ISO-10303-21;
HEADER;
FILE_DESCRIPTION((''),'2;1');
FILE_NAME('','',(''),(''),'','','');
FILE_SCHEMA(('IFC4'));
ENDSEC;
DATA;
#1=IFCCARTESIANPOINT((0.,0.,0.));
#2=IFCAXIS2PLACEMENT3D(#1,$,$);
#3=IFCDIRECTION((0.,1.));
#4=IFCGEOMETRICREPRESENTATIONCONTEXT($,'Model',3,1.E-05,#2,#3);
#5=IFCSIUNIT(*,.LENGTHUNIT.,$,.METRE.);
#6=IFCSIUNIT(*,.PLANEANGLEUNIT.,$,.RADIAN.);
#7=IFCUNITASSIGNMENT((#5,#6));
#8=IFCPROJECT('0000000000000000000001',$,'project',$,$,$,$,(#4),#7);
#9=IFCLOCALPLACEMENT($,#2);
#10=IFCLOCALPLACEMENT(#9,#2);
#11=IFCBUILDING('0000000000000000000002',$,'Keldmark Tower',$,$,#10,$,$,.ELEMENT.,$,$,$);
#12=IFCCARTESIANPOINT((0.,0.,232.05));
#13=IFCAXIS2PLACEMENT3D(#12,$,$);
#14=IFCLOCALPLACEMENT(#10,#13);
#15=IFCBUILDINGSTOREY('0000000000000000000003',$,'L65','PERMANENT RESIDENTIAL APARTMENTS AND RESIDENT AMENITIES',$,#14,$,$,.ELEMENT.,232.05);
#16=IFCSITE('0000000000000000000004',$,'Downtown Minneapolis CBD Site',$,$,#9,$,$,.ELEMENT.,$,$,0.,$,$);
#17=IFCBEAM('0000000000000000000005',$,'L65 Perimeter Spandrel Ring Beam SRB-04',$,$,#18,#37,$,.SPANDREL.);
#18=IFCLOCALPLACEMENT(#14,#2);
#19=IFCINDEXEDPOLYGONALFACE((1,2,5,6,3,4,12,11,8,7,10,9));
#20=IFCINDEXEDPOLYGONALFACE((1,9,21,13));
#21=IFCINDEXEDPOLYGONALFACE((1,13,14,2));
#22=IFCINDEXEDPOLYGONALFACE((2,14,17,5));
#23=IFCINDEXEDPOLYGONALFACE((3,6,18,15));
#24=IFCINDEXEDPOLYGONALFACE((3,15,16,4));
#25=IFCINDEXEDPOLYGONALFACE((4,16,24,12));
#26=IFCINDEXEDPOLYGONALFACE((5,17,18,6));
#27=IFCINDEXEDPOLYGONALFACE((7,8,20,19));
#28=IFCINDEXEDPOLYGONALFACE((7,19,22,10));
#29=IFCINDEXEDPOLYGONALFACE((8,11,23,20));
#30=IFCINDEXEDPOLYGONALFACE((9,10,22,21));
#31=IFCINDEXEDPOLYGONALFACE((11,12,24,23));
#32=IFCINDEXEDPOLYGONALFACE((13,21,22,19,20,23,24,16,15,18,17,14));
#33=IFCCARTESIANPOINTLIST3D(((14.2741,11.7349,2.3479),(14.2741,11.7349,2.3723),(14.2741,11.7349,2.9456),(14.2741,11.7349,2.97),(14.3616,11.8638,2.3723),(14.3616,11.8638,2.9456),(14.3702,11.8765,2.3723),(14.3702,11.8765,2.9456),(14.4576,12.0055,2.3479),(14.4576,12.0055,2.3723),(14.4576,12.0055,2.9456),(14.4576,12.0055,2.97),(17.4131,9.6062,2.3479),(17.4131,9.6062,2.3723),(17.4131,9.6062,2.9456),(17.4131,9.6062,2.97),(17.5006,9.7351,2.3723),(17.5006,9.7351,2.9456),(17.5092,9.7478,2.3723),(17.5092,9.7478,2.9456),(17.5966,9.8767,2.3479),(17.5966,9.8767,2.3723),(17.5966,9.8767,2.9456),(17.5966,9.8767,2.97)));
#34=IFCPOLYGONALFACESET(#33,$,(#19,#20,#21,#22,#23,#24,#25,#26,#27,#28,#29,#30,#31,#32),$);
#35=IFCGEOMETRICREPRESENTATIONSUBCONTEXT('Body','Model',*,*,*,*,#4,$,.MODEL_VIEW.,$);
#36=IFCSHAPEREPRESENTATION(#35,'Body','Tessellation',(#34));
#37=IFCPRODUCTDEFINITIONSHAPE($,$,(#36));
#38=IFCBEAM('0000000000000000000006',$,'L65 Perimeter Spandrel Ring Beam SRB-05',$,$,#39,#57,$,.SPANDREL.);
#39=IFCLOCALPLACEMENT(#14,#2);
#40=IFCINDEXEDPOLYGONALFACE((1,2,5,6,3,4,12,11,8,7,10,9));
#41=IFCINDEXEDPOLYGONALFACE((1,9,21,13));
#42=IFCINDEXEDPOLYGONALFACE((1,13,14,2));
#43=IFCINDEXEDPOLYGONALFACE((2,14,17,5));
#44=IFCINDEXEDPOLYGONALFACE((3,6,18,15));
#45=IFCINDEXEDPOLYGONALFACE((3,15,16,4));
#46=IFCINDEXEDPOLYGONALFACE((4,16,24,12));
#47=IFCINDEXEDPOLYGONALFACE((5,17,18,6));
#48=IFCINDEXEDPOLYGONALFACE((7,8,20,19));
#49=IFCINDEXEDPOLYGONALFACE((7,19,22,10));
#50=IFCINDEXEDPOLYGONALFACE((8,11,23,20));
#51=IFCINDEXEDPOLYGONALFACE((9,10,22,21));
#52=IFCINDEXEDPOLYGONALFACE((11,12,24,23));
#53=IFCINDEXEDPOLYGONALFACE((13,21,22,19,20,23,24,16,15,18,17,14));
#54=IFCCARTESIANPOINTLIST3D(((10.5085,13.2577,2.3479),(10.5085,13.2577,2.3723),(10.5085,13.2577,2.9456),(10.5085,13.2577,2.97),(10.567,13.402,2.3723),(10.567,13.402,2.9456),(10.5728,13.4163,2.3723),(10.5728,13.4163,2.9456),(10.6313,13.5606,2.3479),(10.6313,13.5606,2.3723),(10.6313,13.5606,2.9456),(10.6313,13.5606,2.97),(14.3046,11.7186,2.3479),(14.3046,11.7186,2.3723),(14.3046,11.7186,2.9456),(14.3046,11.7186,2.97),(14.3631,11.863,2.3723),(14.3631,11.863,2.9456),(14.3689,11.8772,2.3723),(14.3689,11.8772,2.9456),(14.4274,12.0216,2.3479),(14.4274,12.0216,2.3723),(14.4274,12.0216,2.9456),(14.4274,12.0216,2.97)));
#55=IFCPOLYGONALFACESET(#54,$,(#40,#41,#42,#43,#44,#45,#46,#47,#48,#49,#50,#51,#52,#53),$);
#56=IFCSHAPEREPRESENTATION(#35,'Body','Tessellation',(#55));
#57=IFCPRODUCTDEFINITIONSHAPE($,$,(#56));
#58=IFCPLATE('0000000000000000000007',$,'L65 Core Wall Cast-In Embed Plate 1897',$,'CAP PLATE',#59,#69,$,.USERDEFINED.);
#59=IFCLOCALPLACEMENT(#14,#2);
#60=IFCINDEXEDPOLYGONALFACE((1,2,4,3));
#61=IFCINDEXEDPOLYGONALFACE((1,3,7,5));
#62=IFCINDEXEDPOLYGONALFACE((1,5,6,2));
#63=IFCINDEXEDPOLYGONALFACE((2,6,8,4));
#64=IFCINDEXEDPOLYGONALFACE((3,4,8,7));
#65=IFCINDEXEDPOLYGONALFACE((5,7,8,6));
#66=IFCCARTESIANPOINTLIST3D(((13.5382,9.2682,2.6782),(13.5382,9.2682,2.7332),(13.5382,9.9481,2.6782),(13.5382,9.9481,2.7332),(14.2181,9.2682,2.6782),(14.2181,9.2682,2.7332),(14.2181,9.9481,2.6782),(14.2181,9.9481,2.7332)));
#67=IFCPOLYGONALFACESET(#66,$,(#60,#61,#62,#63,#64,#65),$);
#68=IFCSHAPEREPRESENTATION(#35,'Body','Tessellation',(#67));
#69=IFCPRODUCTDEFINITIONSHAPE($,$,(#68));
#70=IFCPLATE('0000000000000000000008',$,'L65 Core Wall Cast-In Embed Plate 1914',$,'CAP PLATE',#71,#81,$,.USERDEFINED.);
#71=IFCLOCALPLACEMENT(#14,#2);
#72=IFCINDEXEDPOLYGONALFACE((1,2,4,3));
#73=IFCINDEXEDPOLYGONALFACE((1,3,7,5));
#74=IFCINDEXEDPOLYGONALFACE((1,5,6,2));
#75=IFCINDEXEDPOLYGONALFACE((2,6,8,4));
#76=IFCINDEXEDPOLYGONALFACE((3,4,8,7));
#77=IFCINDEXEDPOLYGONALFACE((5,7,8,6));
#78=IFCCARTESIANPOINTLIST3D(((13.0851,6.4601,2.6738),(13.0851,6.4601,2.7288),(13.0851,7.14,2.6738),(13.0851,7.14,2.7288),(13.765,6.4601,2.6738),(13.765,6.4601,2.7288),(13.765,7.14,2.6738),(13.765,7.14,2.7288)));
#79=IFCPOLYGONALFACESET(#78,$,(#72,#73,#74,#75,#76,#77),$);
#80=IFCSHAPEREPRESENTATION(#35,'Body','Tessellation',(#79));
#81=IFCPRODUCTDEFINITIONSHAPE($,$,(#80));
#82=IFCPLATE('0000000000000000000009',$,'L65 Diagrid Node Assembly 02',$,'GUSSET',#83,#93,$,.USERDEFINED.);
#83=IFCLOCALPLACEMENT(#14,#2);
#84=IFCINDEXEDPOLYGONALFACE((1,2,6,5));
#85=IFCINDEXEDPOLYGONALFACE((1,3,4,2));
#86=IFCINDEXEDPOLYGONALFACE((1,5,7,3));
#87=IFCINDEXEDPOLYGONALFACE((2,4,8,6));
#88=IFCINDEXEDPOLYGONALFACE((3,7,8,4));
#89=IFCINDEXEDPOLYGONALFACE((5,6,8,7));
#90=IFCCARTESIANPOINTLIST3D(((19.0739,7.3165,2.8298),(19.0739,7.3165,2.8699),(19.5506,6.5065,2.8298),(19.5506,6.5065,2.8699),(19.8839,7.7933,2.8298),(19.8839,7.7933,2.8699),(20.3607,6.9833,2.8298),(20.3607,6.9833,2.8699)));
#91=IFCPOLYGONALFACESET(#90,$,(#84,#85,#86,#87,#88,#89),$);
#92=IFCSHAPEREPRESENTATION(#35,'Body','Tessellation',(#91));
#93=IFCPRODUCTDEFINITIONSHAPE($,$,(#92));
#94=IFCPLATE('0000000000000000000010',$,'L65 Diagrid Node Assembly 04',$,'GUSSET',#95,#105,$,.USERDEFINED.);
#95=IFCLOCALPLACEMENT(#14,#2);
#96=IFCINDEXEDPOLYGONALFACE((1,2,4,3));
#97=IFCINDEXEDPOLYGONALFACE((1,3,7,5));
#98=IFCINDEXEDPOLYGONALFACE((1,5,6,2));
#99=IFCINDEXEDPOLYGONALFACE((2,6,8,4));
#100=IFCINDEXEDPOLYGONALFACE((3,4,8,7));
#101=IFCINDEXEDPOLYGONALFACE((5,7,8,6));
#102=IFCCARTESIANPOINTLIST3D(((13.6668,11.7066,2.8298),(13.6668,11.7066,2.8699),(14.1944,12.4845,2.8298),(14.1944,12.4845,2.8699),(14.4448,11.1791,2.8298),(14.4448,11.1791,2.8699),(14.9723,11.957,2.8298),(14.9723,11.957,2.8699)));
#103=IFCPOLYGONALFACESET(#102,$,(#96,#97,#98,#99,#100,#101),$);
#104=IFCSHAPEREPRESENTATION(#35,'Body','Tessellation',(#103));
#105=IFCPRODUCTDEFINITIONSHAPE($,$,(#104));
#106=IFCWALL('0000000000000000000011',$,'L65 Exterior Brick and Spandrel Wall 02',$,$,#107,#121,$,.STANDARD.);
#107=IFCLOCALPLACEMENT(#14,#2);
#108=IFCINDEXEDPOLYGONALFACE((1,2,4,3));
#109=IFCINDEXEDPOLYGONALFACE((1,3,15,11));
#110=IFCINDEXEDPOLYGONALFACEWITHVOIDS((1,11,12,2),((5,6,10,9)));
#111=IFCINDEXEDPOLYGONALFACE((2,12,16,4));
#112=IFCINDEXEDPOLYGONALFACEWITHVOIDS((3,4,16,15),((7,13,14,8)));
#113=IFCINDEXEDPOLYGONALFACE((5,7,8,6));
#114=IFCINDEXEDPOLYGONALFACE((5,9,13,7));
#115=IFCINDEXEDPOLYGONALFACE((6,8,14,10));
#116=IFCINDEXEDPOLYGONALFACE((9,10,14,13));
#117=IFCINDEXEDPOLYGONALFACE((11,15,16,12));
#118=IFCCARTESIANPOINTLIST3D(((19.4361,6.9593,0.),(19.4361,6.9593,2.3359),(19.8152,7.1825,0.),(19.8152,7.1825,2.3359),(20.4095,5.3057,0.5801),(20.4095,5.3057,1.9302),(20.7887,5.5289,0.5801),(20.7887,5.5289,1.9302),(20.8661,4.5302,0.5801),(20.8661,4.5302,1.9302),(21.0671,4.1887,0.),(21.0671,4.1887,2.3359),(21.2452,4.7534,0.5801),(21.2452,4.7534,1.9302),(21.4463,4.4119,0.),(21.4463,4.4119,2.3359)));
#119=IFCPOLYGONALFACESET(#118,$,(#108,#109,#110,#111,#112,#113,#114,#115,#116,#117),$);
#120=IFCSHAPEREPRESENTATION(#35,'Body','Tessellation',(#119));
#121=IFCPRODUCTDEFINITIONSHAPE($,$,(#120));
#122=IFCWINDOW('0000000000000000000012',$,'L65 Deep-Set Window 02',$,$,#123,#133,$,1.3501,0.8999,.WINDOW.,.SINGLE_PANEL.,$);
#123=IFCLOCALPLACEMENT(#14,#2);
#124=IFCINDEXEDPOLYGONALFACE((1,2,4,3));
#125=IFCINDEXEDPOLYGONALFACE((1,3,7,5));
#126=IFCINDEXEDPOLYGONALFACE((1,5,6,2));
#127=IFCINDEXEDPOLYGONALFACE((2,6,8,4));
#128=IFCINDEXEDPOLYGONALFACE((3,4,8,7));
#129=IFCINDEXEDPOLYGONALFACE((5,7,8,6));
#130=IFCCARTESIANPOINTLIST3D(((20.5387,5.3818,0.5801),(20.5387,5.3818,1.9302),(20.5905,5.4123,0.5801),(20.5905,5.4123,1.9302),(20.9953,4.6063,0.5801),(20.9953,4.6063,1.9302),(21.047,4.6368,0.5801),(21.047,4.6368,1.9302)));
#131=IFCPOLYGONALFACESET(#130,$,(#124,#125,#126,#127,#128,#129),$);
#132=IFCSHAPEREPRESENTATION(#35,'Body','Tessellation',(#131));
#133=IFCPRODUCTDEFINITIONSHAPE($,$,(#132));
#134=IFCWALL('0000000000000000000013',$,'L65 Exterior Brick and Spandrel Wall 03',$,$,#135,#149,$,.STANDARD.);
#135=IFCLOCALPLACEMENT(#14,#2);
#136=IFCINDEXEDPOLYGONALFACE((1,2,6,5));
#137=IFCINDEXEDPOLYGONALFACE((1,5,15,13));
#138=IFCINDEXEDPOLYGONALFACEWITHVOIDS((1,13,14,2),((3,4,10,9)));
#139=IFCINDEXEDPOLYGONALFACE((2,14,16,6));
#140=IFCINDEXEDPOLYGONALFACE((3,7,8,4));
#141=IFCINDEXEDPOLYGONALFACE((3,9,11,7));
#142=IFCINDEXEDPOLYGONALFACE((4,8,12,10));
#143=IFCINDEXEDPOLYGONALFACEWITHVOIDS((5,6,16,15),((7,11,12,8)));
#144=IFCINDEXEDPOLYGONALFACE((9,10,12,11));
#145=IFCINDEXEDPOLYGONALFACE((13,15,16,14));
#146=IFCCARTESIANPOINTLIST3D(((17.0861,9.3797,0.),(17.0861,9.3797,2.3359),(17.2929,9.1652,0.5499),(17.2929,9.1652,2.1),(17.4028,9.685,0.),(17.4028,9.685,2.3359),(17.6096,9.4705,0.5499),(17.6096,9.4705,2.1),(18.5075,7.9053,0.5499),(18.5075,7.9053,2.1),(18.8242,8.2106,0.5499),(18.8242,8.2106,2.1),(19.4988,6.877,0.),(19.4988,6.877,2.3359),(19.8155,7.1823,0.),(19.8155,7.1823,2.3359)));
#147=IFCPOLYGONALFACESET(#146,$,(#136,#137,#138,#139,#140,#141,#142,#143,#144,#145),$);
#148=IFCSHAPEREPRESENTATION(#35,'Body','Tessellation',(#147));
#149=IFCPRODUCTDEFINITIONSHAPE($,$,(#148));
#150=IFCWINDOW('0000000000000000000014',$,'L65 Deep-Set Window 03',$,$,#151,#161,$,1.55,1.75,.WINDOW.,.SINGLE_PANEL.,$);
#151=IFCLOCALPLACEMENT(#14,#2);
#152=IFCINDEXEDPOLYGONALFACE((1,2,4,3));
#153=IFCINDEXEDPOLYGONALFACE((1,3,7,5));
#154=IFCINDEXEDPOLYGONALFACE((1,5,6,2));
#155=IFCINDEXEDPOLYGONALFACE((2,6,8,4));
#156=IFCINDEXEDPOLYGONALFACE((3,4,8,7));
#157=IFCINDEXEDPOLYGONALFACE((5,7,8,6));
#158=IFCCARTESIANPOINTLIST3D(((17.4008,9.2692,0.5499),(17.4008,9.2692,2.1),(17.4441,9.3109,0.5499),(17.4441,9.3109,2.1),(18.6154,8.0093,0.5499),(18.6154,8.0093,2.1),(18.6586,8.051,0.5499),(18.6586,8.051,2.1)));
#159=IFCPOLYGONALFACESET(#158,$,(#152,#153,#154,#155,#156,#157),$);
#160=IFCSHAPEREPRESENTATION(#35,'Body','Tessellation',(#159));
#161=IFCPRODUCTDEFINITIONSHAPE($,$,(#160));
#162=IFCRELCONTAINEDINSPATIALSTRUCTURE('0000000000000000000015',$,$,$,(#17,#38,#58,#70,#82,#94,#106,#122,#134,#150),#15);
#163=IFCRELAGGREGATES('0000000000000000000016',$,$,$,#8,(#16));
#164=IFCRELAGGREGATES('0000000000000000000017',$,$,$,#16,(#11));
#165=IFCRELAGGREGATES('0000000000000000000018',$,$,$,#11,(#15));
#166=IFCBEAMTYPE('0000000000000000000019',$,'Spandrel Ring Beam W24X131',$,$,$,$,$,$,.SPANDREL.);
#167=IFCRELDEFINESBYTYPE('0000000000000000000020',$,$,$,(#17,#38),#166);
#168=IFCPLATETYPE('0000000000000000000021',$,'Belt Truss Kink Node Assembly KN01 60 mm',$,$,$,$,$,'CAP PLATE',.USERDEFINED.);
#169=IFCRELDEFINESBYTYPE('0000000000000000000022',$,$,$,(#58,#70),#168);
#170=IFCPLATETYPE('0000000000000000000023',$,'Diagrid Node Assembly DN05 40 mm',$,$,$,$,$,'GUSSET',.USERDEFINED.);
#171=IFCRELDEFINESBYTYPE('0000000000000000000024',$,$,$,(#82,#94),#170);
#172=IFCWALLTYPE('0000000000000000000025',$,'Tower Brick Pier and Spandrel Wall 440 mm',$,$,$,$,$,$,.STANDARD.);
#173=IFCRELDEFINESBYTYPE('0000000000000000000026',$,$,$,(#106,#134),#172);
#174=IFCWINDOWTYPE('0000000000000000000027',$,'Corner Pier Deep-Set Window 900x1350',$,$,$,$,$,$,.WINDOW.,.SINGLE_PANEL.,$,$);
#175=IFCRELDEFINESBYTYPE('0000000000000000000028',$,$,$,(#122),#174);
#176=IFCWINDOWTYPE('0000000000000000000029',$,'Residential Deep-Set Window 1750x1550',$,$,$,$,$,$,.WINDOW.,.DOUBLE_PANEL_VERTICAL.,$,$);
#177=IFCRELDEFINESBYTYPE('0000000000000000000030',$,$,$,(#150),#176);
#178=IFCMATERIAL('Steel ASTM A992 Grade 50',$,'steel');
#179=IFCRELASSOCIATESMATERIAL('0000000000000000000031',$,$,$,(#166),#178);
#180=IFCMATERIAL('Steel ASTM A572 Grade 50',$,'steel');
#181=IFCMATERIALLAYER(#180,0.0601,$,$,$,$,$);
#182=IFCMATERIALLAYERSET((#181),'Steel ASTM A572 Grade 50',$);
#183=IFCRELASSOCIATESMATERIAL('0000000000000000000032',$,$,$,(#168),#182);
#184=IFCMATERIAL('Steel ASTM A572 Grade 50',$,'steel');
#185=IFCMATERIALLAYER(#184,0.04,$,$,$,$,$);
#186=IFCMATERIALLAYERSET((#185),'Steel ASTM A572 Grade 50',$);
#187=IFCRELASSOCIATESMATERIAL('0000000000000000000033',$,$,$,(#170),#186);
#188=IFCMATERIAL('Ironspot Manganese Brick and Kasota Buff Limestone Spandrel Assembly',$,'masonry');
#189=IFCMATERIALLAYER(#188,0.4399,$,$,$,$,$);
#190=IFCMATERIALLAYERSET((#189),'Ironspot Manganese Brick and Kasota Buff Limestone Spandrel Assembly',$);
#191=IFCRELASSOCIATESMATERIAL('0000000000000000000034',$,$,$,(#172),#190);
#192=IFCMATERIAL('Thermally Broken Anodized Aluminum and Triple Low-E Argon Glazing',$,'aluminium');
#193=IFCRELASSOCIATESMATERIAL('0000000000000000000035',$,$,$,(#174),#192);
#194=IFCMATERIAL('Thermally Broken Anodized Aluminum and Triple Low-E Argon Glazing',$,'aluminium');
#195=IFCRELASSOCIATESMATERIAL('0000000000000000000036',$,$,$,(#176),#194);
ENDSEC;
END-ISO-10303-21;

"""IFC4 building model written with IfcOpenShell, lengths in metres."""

from ifc_helpers import new_model, si_unit, direction, frame, frame_2d, origin, origin_2d, place, context, subcontext, project, spatial, rectangle, i_section, extrude, material, layer, layer_set, material_profile, profile_set, type_object, element, fill, save


model = new_model("IFC4")

# Units and contexts
model_context = context("Model", 3, precision=1e-05, world=origin(), true_north=direction((0.0, 1.0)))
body_context = subcontext(model_context, "Body", "Model", "MODEL_VIEW")
ifc_project = project(units=[si_unit("LENGTHUNIT", "METRE"), si_unit("PLANEANGLEUNIT", "RADIAN")], contexts=[model_context])

# Site, building, storey
site_placement = place(None, origin())
site = spatial("IfcSite", under=ifc_project, at=site_placement, Name="Downtown Minneapolis CBD Site", CompositionType="ELEMENT", RefElevation=0.0)
building_placement = place(site_placement, origin())
building = spatial("IfcBuilding", under=site, at=building_placement, Name="Keldmark Tower", CompositionType="ELEMENT")
storey_placement = place(building_placement, frame((0.0, 0.0, 232.05)))
storey = spatial("IfcBuildingStorey", under=building, at=storey_placement, Name="L65", Description="PERMANENT RESIDENTIAL APARTMENTS AND RESIDENT AMENITIES", CompositionType="ELEMENT", Elevation=232.05)

# Beams
ifc_material_1 = material(Name="Steel ASTM A992 Grade 50", Category="steel")
ifc_material_profile_1 = material_profile(ifc_material_1, i_section(OverallWidth=0.3269, OverallDepth=0.6221, WebThickness=0.0154, FlangeThickness=0.0244, at=origin_2d()), Name="W24X131")
ifc_profile_set_1 = profile_set([ifc_material_profile_1], Name="Steel ASTM A992 Grade 50")
beam_type_1 = type_object("IfcBeamType", Name="Spandrel Ring Beam W24X131", PredefinedType="SPANDREL", material=ifc_profile_set_1)
beam_1_placement = place(storey_placement, frame((17.5049, 9.7415, 2.6589), z_axis=(-0.827637, 0.561264, 0.0), x_axis=(-0.561264, -0.827637, 0.0)))
element("IfcBeam", 1, at=beam_1_placement, inside=storey, type_object=beam_type_1, Name="L65 Perimeter Spandrel Ring Beam SRB-04", PredefinedType="SPANDREL", context=body_context, shape_type="SweptSolid", body=[
    extrude(i_section(OverallWidth=0.3269, OverallDepth=0.6221, WebThickness=0.0154, FlangeThickness=0.0244, at=origin_2d()), origin(), (0.0, 0.0, 1.0), 3.7927),
])
beam_2_placement = place(storey_placement, frame((14.366, 11.8701, 2.6589), z_axis=(-0.926732, 0.375723, 0.0), x_axis=(-0.375723, -0.926732, 0.0)))
element("IfcBeam", 2, at=beam_2_placement, inside=storey, type_object=beam_type_1, Name="L65 Perimeter Spandrel Ring Beam SRB-05", PredefinedType="SPANDREL", context=body_context, shape_type="SweptSolid", body=[
    extrude(i_section(OverallWidth=0.3269, OverallDepth=0.6221, WebThickness=0.0154, FlangeThickness=0.0244, at=origin_2d()), origin(), (0.0, 0.0, 1.0), 4.0962),
])

# Plates
ifc_material_2 = material(Name="Steel ASTM A572 Grade 50", Category="steel")
ifc_layer_1 = layer(ifc_material_2, 0.0601)
ifc_layer_set_1 = layer_set([ifc_layer_1], Name="Steel ASTM A572 Grade 50")
plate_type_1 = type_object("IfcPlateType", Name="Belt Truss Kink Node Assembly KN01 60 mm", ElementType="CAP PLATE", PredefinedType="USERDEFINED", material=ifc_layer_set_1)
for number, where, z_axis, x_axis, name in (
    (3, (13.8782, 9.6082, 2.6782), (0.0, 0.0, 1.0), (1.0, 0.0, 0.0), "L65 Core Wall Cast-In Embed Plate 1897"),
    (4, (13.425, 6.8, 2.6738), (0.0, 0.0, 1.0), (1.0, 0.0, 0.0), "L65 Core Wall Cast-In Embed Plate 1914"),
):
    element("IfcPlate", number, at=place(storey_placement, frame(where, z_axis=z_axis, x_axis=x_axis)), inside=storey, type_object=plate_type_1, Name=name, ObjectType="CAP PLATE", PredefinedType="USERDEFINED", context=body_context, shape_type="SweptSolid", body=[
        extrude(rectangle(XDim=0.6799, YDim=0.6799, at=origin_2d()), origin(), (0.0, 0.0, 1.0), 0.0549),
    ])
ifc_material_3 = material(Name="Steel ASTM A572 Grade 50", Category="steel")
ifc_layer_2 = layer(ifc_material_3, 0.04)
ifc_layer_set_2 = layer_set([ifc_layer_2], Name="Steel ASTM A572 Grade 50")
plate_type_2 = type_object("IfcPlateType", Name="Diagrid Node Assembly DN05 40 mm", ElementType="GUSSET", PredefinedType="USERDEFINED", material=ifc_layer_set_2)
for number, where, z_axis, x_axis, name in (
    (5, (19.7173, 7.1499, 2.8298), (0.0, 0.0, 1.0), (-0.507238, 0.861806, 0.0), "L65 Diagrid Node Assembly 02"),
    (6, (14.3196, 11.8318, 2.8298), (0.0, 0.0, 1.0), (-0.827669, 0.561217, 0.0), "L65 Diagrid Node Assembly 04"),
):
    element("IfcPlate", number, at=place(storey_placement, frame(where, z_axis=z_axis, x_axis=x_axis)), inside=storey, type_object=plate_type_2, Name=name, ObjectType="GUSSET", PredefinedType="USERDEFINED", context=body_context, shape_type="SweptSolid", body=[
        extrude(rectangle(XDim=0.9399, YDim=0.9399, at=origin_2d()), origin(), (0.0, 0.0, 1.0), 0.04),
    ])

# Walls, openings, windows
ifc_material_4 = material(Name="Ironspot Manganese Brick and Kasota Buff Limestone Spandrel Assembly", Category="masonry")
ifc_layer_3 = layer(ifc_material_4, 0.4399)
ifc_layer_set_3 = layer_set([ifc_layer_3], Name="Ironspot Manganese Brick and Kasota Buff Limestone Spandrel Assembly")
wall_type = type_object("IfcWallType", Name="Tower Brick Pier and Spandrel Wall 440 mm", PredefinedType="STANDARD", material=ifc_layer_set_3)
wall_1_placement = place(storey_placement, frame((19.6257, 7.0708, 0.0), z_axis=(0.0, 0.0, 1.0), x_axis=(0.507309, -0.861764, 0.0)))
wall_1 = element("IfcWall", 7, at=wall_1_placement, inside=storey, type_object=wall_type, Name="L65 Exterior Brick and Spandrel Wall 02", PredefinedType="STANDARD", context=body_context, shape_type="SweptSolid", body=[
    extrude(rectangle(XDim=3.2151, YDim=0.4399, at=frame_2d((1.6074, 0.0))), origin(), (0.0, 0.0, 1.0), 2.3359),
])
opening_1_placement = place(wall_1_placement, frame((1.9187, 0.0, 0.5801)))
opening_1 = element("IfcOpeningElement", 8, at=opening_1_placement, cuts=wall_1, PredefinedType="OPENING", context=body_context, shape_type="SweptSolid", body=[
    extrude(rectangle(XDim=0.8999, YDim=1.3501, at=frame_2d((0.45, 0.675))), frame((0.0, 0.23, 0.0), z_axis=(0.0, -1.0, 0.0), x_axis=(1.0, 0.0, 0.0)), (0.0, 0.0, 1.0), 0.46),
])
ifc_material_5 = material(Name="Thermally Broken Anodized Aluminum and Triple Low-E Argon Glazing", Category="aluminium")
window_type_1 = type_object("IfcWindowType", Name="Corner Pier Deep-Set Window 900x1350", PartitioningType="SINGLE_PANEL", PredefinedType="WINDOW", material=ifc_material_5)
window_1_placement = place(opening_1_placement, origin())
window_1 = element("IfcWindow", 9, at=window_1_placement, inside=storey, type_object=window_type_1, Name="L65 Deep-Set Window 02", OverallHeight=1.3501, OverallWidth=0.8999, PartitioningType="SINGLE_PANEL", PredefinedType="WINDOW", context=body_context, shape_type="SweptSolid", body=[
    extrude(rectangle(XDim=0.8999, YDim=1.3501, at=frame_2d((0.45, 0.675))), frame((0.0, -0.01, 0.0), z_axis=(0.0, -1.0, 0.0), x_axis=(1.0, 0.0, 0.0)), (0.0, 0.0, 1.0), 0.0601),
])
fill(opening_1, window_1)
wall_2_placement = place(storey_placement, frame((17.2444, 9.5325, 0.0), z_axis=(0.0, 0.0, 1.0), x_axis=(0.69403, -0.719946, 0.0)))
wall_2 = element("IfcWall", 10, at=wall_2_placement, inside=storey, type_object=wall_type, Name="L65 Exterior Brick and Spandrel Wall 03", PredefinedType="STANDARD", context=body_context, shape_type="SweptSolid", body=[
    extrude(rectangle(XDim=3.4763, YDim=0.4399, at=frame_2d((1.7383, 0.0))), origin(), (0.0, 0.0, 1.0), 2.3359),
])
opening_2_placement = place(wall_2_placement, frame((0.2981, 0.0, 0.55)))
opening_2 = element("IfcOpeningElement", 11, at=opening_2_placement, cuts=wall_2, PredefinedType="OPENING", context=body_context, shape_type="SweptSolid", body=[
    extrude(rectangle(XDim=1.75, YDim=1.55, at=frame_2d((0.875, 0.7749))), frame((0.0, 0.23, 0.0), z_axis=(0.0, -1.0, 0.0), x_axis=(1.0, 0.0, 0.0)), (0.0, 0.0, 1.0), 0.46),
])
ifc_material_6 = material(Name="Thermally Broken Anodized Aluminum and Triple Low-E Argon Glazing", Category="aluminium")
window_type_2 = type_object("IfcWindowType", Name="Residential Deep-Set Window 1750x1550", PartitioningType="DOUBLE_PANEL_VERTICAL", PredefinedType="WINDOW", material=ifc_material_6)
window_2_placement = place(opening_2_placement, origin())
window_2 = element("IfcWindow", 12, at=window_2_placement, inside=storey, type_object=window_type_2, Name="L65 Deep-Set Window 03", OverallHeight=1.55, OverallWidth=1.75, PartitioningType="SINGLE_PANEL", PredefinedType="WINDOW", context=body_context, shape_type="SweptSolid", body=[
    extrude(rectangle(XDim=1.75, YDim=1.55, at=frame_2d((0.875, 0.7749))), frame((0.0, -0.01, 0.0), z_axis=(0.0, -1.0, 0.0), x_axis=(1.0, 0.0, 0.0)), (0.0, 0.0, 1.0), 0.0601),
])
fill(opening_2, window_2)

save(model, "model.ifc")
